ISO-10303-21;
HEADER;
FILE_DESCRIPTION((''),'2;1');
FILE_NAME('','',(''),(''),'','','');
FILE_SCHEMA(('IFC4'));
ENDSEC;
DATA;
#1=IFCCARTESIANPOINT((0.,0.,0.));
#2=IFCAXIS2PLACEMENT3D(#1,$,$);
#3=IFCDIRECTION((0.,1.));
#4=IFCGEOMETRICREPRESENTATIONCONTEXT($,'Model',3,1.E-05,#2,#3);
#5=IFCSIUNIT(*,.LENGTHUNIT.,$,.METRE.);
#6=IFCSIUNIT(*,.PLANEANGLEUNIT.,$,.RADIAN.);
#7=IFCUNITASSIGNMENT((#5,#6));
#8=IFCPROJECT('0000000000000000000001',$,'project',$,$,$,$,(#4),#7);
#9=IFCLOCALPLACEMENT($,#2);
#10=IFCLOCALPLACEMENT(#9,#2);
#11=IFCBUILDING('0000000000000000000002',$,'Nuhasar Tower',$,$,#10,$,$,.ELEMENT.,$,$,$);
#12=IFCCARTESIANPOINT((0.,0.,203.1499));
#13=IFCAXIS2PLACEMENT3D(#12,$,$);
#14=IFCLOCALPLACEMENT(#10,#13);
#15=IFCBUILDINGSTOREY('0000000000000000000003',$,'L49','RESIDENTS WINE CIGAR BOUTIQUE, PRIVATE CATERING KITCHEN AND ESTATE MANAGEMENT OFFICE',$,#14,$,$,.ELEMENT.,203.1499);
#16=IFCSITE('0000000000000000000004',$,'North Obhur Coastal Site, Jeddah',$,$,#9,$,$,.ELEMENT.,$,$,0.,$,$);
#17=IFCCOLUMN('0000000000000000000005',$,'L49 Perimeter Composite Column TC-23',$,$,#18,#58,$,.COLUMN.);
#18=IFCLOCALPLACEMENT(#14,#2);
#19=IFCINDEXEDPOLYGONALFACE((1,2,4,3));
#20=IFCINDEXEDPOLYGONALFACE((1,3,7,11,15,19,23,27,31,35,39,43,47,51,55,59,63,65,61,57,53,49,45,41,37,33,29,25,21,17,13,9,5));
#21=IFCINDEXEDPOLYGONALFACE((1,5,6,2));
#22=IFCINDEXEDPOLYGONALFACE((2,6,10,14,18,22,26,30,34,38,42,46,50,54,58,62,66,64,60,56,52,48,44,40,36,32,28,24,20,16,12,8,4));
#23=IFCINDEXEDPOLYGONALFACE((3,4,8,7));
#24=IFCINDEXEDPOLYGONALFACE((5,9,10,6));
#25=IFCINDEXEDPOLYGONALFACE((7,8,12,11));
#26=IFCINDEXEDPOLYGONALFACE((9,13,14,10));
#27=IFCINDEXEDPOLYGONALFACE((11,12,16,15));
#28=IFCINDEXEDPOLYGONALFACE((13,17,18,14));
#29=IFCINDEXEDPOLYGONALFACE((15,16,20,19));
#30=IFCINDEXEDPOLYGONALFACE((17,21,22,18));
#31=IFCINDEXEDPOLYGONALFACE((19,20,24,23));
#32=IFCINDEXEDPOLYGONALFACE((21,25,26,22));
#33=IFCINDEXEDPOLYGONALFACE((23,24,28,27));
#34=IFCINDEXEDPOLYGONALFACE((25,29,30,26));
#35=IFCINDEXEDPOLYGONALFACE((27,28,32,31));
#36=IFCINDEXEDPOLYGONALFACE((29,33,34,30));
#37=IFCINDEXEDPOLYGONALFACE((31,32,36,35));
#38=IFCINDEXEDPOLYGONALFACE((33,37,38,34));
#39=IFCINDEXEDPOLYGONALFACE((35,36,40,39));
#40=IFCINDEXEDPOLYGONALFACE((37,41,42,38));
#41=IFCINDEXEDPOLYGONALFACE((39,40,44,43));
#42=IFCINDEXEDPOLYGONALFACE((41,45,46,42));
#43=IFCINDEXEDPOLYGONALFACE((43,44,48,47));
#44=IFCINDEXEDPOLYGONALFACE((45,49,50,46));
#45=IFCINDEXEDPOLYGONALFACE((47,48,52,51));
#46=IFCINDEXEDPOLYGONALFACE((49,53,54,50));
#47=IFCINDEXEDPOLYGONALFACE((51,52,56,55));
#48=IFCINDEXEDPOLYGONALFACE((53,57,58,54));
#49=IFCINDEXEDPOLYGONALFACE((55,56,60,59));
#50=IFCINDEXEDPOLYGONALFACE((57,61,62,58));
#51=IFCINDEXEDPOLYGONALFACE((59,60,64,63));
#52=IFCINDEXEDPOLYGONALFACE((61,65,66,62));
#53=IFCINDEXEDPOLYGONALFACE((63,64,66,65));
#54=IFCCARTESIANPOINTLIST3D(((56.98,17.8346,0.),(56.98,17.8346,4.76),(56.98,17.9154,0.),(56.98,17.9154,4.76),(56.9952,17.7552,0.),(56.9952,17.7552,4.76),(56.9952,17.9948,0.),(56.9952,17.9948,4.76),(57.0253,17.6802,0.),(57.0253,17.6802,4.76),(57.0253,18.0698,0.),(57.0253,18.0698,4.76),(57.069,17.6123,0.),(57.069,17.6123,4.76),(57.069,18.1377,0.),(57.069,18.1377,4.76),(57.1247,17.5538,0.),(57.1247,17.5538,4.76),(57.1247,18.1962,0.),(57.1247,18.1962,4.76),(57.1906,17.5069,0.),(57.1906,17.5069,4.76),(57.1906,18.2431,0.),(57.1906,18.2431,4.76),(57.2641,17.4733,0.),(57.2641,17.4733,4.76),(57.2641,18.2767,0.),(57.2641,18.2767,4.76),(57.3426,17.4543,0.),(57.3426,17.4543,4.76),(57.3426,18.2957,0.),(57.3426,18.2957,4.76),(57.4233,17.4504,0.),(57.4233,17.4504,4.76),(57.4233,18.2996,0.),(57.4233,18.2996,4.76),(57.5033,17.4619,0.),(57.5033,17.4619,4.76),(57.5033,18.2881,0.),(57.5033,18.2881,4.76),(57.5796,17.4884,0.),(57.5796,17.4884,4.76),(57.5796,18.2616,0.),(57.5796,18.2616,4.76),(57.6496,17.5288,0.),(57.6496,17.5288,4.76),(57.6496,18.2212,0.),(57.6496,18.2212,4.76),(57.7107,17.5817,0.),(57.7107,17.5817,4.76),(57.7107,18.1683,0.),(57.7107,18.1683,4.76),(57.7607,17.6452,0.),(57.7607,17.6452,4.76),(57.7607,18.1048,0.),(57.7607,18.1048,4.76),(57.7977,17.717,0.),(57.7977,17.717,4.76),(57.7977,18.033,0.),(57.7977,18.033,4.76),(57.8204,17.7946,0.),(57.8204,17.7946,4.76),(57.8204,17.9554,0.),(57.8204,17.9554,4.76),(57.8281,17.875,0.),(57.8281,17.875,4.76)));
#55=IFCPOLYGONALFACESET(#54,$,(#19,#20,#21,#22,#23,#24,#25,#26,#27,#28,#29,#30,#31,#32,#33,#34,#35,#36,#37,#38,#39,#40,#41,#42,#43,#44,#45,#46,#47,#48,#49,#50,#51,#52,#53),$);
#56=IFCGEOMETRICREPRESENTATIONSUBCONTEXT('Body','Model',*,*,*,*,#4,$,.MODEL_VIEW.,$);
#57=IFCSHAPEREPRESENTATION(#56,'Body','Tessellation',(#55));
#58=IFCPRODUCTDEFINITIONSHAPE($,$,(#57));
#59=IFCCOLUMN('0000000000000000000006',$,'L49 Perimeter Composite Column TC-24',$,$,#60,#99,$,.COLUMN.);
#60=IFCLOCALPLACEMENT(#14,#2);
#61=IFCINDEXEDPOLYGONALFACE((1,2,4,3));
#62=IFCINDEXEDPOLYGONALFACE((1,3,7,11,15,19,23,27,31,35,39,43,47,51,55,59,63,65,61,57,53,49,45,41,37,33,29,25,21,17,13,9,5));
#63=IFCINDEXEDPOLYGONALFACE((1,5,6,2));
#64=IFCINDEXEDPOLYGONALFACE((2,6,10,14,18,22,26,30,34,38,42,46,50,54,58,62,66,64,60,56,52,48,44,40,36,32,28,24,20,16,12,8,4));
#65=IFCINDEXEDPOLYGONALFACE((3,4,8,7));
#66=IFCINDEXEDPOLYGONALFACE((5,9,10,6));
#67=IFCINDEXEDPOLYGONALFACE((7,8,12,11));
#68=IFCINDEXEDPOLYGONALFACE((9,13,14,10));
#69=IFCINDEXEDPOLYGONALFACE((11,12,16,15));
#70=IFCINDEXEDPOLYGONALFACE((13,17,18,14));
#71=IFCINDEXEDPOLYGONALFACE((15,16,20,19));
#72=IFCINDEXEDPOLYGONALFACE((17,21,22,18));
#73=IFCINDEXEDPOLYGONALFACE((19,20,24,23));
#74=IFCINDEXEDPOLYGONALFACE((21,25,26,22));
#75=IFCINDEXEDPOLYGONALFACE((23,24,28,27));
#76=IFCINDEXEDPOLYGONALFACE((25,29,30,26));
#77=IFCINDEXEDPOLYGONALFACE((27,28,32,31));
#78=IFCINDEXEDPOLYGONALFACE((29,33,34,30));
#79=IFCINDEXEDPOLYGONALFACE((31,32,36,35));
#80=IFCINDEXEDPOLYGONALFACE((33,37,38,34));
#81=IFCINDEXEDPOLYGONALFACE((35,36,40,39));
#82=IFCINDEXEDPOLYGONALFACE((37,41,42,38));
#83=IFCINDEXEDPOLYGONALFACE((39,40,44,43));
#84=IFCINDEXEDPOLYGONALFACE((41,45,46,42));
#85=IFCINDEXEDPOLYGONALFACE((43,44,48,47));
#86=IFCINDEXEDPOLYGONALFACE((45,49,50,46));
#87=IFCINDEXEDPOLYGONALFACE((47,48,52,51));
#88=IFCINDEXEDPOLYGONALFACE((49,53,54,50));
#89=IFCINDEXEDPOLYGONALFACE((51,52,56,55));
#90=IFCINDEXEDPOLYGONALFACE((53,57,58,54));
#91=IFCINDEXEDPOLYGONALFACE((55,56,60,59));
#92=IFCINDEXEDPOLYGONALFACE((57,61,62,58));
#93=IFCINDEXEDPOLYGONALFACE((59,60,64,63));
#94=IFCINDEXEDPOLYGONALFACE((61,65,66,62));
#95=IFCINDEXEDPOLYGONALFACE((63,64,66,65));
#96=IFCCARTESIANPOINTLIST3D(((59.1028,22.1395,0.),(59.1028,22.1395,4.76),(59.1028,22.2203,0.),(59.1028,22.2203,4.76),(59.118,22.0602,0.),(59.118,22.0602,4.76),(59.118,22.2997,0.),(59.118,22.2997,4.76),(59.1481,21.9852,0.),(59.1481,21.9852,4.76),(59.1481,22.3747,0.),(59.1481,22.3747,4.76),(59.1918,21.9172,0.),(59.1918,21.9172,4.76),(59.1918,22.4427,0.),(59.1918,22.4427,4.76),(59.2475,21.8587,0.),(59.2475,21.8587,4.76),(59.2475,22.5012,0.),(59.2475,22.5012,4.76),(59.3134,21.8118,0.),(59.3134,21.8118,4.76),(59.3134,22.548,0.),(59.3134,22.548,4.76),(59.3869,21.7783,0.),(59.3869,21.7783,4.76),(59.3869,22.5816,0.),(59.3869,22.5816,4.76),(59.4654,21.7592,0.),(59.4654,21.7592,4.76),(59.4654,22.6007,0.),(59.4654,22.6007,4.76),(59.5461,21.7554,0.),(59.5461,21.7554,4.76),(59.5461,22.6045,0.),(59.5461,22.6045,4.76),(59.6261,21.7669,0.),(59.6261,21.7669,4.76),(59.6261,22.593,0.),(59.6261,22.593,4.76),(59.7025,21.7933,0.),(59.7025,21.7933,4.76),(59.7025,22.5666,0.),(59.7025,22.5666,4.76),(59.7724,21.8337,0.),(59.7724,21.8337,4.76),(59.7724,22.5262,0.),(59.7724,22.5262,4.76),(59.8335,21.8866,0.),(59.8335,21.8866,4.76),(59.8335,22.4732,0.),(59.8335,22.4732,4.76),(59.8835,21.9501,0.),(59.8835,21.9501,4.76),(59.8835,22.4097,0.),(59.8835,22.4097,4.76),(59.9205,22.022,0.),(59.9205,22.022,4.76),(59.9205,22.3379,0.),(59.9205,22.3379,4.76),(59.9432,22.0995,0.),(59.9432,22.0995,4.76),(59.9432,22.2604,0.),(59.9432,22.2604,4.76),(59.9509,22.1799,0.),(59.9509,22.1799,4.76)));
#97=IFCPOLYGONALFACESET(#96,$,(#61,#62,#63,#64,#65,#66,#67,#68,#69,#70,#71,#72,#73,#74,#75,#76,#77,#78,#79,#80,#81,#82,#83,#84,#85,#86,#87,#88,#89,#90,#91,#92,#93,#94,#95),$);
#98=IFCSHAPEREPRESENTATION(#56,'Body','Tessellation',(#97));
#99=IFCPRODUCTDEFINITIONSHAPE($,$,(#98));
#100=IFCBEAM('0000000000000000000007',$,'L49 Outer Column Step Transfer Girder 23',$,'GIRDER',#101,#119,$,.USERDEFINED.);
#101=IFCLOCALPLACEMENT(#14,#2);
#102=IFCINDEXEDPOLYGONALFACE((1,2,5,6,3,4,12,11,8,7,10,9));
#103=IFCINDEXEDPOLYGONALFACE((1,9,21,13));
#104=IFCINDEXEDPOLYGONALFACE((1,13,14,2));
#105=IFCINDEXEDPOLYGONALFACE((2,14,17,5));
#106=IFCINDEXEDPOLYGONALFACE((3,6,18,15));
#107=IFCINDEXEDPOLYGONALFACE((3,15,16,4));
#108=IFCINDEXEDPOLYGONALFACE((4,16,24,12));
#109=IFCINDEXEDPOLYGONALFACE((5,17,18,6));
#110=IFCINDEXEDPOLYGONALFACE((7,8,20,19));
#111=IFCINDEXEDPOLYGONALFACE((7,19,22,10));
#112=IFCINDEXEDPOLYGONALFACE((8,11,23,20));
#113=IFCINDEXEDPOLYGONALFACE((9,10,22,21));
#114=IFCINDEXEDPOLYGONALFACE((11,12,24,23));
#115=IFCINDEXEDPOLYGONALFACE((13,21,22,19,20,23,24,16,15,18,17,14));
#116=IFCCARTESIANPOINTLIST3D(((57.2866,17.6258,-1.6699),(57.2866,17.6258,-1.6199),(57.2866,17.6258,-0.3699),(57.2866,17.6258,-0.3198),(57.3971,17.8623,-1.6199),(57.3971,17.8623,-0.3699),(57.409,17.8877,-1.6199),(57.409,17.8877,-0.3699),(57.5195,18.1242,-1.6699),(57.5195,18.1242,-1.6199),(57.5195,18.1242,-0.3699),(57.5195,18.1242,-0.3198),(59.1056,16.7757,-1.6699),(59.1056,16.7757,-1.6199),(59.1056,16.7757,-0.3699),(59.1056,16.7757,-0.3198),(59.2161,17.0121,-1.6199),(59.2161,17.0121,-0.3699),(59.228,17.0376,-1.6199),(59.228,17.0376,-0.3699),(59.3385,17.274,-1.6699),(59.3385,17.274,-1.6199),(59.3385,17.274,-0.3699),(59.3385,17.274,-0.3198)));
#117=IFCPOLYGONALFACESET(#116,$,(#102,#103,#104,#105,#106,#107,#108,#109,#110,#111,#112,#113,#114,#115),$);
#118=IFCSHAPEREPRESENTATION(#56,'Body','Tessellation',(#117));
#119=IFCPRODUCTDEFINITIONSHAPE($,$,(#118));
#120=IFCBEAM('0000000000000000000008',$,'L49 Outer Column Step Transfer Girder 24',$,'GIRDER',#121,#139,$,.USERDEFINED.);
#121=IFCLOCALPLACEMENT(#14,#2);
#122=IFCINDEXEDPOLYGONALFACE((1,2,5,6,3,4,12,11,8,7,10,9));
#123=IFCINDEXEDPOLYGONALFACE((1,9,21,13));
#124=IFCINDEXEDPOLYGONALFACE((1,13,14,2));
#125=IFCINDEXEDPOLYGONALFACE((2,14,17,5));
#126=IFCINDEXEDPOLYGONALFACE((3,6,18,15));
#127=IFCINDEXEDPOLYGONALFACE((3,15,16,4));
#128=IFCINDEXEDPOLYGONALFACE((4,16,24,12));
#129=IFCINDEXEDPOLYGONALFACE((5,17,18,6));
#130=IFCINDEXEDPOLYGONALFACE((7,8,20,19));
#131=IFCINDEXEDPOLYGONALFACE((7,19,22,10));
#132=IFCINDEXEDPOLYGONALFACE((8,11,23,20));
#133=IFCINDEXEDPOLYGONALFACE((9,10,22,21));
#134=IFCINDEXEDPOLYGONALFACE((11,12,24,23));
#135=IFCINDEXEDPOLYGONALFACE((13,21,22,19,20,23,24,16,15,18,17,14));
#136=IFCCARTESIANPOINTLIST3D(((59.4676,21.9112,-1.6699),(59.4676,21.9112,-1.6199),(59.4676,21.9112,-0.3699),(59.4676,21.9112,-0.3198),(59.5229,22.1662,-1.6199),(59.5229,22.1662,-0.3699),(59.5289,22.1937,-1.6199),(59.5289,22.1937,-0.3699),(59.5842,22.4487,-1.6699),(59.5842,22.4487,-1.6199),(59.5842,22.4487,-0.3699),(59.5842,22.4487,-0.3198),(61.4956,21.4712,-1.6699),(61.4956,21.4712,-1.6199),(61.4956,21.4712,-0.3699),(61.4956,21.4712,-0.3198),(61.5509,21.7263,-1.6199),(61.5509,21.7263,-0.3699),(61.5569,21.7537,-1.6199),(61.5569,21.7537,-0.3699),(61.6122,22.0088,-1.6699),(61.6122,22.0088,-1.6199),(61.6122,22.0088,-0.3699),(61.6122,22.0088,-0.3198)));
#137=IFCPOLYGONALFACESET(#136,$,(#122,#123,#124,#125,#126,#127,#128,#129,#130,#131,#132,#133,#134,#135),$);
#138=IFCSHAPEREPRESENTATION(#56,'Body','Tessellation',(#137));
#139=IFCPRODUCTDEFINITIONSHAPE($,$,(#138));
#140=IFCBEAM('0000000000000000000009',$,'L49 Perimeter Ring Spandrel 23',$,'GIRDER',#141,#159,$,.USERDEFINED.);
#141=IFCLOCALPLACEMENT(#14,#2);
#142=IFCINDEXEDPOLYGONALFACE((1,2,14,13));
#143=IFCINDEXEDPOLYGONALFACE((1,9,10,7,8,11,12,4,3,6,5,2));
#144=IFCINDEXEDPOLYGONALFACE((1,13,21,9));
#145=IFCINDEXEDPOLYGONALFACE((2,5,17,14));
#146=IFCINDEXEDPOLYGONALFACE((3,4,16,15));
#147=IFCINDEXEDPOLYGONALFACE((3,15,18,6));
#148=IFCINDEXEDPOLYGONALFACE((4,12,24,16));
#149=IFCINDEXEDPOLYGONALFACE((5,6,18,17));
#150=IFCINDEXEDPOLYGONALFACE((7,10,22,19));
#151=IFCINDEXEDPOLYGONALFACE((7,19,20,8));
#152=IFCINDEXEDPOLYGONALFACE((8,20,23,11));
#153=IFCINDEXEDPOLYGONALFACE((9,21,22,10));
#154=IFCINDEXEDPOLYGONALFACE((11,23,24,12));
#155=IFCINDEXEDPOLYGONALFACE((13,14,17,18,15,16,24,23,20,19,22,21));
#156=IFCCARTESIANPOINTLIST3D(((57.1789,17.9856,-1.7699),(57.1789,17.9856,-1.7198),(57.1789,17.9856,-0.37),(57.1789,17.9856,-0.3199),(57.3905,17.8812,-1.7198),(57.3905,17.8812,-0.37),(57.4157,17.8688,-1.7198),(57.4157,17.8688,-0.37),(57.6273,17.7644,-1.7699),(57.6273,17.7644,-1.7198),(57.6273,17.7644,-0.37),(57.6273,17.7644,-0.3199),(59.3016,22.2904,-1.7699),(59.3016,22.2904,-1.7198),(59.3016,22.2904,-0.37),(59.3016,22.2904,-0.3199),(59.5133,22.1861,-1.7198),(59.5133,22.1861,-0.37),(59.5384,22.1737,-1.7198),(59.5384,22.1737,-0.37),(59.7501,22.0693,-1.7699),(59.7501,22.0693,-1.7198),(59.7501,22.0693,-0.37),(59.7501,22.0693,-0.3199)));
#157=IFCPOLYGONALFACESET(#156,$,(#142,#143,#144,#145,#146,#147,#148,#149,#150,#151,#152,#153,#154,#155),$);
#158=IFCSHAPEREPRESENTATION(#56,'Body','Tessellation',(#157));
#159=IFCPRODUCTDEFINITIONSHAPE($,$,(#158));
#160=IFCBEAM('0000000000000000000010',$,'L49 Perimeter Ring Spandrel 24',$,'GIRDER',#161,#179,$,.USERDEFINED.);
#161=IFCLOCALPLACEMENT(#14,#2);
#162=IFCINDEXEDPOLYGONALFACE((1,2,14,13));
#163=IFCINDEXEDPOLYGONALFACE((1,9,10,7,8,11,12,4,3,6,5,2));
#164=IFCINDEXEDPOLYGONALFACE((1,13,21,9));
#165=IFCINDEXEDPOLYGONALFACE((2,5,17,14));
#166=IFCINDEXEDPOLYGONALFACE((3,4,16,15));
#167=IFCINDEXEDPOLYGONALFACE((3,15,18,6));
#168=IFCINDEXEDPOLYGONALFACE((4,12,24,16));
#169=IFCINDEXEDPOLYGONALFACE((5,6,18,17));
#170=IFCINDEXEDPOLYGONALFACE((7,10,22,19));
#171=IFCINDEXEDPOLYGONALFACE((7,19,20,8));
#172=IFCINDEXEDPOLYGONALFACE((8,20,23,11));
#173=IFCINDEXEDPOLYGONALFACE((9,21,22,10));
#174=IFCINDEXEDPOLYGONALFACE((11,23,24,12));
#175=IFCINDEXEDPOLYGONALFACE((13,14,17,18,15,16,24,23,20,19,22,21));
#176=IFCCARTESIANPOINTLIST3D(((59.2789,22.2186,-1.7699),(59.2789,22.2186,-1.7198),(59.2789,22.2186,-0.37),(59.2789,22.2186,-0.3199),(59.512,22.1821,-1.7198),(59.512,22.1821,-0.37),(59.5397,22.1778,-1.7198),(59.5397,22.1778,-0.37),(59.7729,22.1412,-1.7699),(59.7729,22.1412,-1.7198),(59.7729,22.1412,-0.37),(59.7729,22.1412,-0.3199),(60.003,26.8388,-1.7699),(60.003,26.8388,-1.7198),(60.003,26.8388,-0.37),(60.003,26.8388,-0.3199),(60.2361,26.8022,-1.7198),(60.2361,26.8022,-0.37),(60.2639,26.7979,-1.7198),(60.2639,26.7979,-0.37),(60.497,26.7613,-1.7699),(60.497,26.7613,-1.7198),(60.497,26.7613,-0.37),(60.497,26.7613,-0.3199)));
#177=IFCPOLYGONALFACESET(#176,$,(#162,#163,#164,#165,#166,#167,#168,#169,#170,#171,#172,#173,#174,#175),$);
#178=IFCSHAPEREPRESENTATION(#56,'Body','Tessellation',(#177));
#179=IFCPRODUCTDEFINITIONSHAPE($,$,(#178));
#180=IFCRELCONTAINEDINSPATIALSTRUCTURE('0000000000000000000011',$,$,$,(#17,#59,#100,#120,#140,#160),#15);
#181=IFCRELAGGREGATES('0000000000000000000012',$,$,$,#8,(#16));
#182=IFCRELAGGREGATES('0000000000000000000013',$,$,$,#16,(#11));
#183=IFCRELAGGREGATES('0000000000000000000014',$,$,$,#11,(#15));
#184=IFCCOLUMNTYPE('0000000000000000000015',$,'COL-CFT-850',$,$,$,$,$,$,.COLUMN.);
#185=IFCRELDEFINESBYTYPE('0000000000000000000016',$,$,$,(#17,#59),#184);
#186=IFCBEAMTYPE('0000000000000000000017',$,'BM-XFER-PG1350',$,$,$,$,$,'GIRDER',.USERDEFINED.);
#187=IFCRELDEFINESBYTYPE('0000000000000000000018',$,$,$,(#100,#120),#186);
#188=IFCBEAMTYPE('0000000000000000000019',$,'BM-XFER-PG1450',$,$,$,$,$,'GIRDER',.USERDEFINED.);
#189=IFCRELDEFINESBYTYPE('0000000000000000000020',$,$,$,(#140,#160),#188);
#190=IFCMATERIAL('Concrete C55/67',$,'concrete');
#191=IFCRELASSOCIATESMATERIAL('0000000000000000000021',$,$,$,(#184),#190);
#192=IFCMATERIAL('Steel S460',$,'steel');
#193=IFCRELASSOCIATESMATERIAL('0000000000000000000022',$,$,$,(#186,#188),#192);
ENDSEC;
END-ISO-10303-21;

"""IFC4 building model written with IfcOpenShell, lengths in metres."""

from ifc_helpers import new_model, si_unit, direction, frame, origin, origin_2d, place, context, subcontext, project, spatial, circle, i_section, extrude, material, material_profile, profile_set, type_object, element, save


model = new_model("IFC4")

# Units and contexts
model_context = context("Model", 3, precision=1e-05, world=origin(), true_north=direction((0.0, 1.0)))
body_context = subcontext(model_context, "Body", "Model", "MODEL_VIEW")
ifc_project = project(units=[si_unit("LENGTHUNIT", "METRE"), si_unit("PLANEANGLEUNIT", "RADIAN")], contexts=[model_context])

# Site, building, storey
site_placement = place(None, origin())
site = spatial("IfcSite", under=ifc_project, at=site_placement, Name="North Obhur Coastal Site, Jeddah", CompositionType="ELEMENT", RefElevation=0.0)
building_placement = place(site_placement, origin())
building = spatial("IfcBuilding", under=site, at=building_placement, Name="Nuhasar Tower", CompositionType="ELEMENT")
storey_placement = place(building_placement, frame((0.0, 0.0, 203.1499)))
storey = spatial("IfcBuildingStorey", under=building, at=storey_placement, Name="L49", Description="RESIDENTS WINE CIGAR BOUTIQUE, PRIVATE CATERING KITCHEN AND ESTATE MANAGEMENT OFFICE", CompositionType="ELEMENT", Elevation=203.1499)

# Columns
ifc_material_1 = material(Name="Concrete C55/67", Category="concrete")
ifc_material_profile_1 = material_profile(ifc_material_1, circle(Radius=0.425, at=origin_2d()), Name="CFT850")
ifc_profile_set_1 = profile_set([ifc_material_profile_1], Name="Concrete C55/67")
column_type = type_object("IfcColumnType", Name="COL-CFT-850", PredefinedType="COLUMN", material=ifc_profile_set_1)
for number, where, z_axis, x_axis, name in (
    (1, (57.4031, 17.875, 0.0), (0.0, 0.0, 1.0), (1.0, 0.0, 0.0), "L49 Perimeter Composite Column TC-23"),
    (2, (59.5259, 22.1799, 0.0), (0.0, 0.0, 1.0), (1.0, 0.0, 0.0), "L49 Perimeter Composite Column TC-24"),
):
    element("IfcColumn", number, at=place(storey_placement, frame(where, z_axis=z_axis, x_axis=x_axis)), inside=storey, type_object=column_type, Name=name, PredefinedType="COLUMN", context=body_context, shape_type="SweptSolid", body=[
        extrude(circle(Radius=0.425, at=origin_2d()), origin(), (0.0, 0.0, 1.0), 4.76),
    ])

# Beams
ifc_material_2 = material(Name="Steel S460", Category="steel")
ifc_material_profile_2 = material_profile(ifc_material_2, i_section(OverallWidth=0.55, OverallDepth=1.3501, WebThickness=0.0281, FlangeThickness=0.05, at=origin_2d()), Name="PG1350X550")
ifc_profile_set_2 = profile_set([ifc_material_profile_2], Name="Steel S460")
beam_type_1 = type_object("IfcBeamType", Name="BM-XFER-PG1350", ElementType="GIRDER", PredefinedType="USERDEFINED", material=ifc_profile_set_2)
beam_1_placement = place(storey_placement, frame((57.4031, 17.875, -0.9949), z_axis=(0.905934, -0.423418, 0.0), x_axis=(0.423418, 0.905934, 0.0)))
element("IfcBeam", 3, at=beam_1_placement, inside=storey, type_object=beam_type_1, Name="L49 Outer Column Step Transfer Girder 23", ObjectType="GIRDER", PredefinedType="USERDEFINED", context=body_context, shape_type="SweptSolid", body=[
    extrude(i_section(OverallWidth=0.55, OverallDepth=1.3501, WebThickness=0.0281, FlangeThickness=0.05, at=origin_2d()), origin(), (0.0, 0.0, 1.0), 2.0078),
])
beam_2_placement = place(storey_placement, frame((59.5259, 22.1799, -0.9949), z_axis=(0.977271, -0.211995, 0.0), x_axis=(0.211995, 0.977271, 0.0)))
element("IfcBeam", 4, at=beam_2_placement, inside=storey, type_object=beam_type_1, Name="L49 Outer Column Step Transfer Girder 24", ObjectType="GIRDER", PredefinedType="USERDEFINED", context=body_context, shape_type="SweptSolid", body=[
    extrude(i_section(OverallWidth=0.55, OverallDepth=1.3501, WebThickness=0.0281, FlangeThickness=0.05, at=origin_2d()), origin(), (0.0, 0.0, 1.0), 2.0752),
])
ifc_material_profile_3 = material_profile(ifc_material_2, i_section(OverallWidth=0.5, OverallDepth=1.45, WebThickness=0.0281, FlangeThickness=0.05, at=origin_2d()), Name="PG1450X500")
ifc_profile_set_3 = profile_set([ifc_material_profile_3], Name="Steel S460")
beam_type_2 = type_object("IfcBeamType", Name="BM-XFER-PG1450", ElementType="GIRDER", PredefinedType="USERDEFINED", material=ifc_profile_set_3)
beam_3_placement = place(storey_placement, frame((57.4031, 17.875, -1.0449), z_axis=(0.442263, 0.896886, 0.0), x_axis=(-0.896886, 0.442263, 0.0)))
element("IfcBeam", 5, at=beam_3_placement, inside=storey, type_object=beam_type_2, Name="L49 Perimeter Ring Spandrel 23", ObjectType="GIRDER", PredefinedType="USERDEFINED", context=body_context, shape_type="SweptSolid", body=[
    extrude(i_section(OverallWidth=0.5, OverallDepth=1.45, WebThickness=0.0281, FlangeThickness=0.05, at=origin_2d()), origin(), (0.0, 0.0, 1.0), 4.7998),
])
beam_4_placement = place(storey_placement, frame((59.5259, 22.1799, -1.0449), z_axis=(0.154842, 0.987939, 0.0), x_axis=(-0.987939, 0.154842, 0.0)))
element("IfcBeam", 6, at=beam_4_placement, inside=storey, type_object=beam_type_2, Name="L49 Perimeter Ring Spandrel 24", ObjectType="GIRDER", PredefinedType="USERDEFINED", context=body_context, shape_type="SweptSolid", body=[
    extrude(i_section(OverallWidth=0.5, OverallDepth=1.45, WebThickness=0.0281, FlangeThickness=0.05, at=origin_2d()), origin(), (0.0, 0.0, 1.0), 4.6765),
])

save(model, "model.ifc")
